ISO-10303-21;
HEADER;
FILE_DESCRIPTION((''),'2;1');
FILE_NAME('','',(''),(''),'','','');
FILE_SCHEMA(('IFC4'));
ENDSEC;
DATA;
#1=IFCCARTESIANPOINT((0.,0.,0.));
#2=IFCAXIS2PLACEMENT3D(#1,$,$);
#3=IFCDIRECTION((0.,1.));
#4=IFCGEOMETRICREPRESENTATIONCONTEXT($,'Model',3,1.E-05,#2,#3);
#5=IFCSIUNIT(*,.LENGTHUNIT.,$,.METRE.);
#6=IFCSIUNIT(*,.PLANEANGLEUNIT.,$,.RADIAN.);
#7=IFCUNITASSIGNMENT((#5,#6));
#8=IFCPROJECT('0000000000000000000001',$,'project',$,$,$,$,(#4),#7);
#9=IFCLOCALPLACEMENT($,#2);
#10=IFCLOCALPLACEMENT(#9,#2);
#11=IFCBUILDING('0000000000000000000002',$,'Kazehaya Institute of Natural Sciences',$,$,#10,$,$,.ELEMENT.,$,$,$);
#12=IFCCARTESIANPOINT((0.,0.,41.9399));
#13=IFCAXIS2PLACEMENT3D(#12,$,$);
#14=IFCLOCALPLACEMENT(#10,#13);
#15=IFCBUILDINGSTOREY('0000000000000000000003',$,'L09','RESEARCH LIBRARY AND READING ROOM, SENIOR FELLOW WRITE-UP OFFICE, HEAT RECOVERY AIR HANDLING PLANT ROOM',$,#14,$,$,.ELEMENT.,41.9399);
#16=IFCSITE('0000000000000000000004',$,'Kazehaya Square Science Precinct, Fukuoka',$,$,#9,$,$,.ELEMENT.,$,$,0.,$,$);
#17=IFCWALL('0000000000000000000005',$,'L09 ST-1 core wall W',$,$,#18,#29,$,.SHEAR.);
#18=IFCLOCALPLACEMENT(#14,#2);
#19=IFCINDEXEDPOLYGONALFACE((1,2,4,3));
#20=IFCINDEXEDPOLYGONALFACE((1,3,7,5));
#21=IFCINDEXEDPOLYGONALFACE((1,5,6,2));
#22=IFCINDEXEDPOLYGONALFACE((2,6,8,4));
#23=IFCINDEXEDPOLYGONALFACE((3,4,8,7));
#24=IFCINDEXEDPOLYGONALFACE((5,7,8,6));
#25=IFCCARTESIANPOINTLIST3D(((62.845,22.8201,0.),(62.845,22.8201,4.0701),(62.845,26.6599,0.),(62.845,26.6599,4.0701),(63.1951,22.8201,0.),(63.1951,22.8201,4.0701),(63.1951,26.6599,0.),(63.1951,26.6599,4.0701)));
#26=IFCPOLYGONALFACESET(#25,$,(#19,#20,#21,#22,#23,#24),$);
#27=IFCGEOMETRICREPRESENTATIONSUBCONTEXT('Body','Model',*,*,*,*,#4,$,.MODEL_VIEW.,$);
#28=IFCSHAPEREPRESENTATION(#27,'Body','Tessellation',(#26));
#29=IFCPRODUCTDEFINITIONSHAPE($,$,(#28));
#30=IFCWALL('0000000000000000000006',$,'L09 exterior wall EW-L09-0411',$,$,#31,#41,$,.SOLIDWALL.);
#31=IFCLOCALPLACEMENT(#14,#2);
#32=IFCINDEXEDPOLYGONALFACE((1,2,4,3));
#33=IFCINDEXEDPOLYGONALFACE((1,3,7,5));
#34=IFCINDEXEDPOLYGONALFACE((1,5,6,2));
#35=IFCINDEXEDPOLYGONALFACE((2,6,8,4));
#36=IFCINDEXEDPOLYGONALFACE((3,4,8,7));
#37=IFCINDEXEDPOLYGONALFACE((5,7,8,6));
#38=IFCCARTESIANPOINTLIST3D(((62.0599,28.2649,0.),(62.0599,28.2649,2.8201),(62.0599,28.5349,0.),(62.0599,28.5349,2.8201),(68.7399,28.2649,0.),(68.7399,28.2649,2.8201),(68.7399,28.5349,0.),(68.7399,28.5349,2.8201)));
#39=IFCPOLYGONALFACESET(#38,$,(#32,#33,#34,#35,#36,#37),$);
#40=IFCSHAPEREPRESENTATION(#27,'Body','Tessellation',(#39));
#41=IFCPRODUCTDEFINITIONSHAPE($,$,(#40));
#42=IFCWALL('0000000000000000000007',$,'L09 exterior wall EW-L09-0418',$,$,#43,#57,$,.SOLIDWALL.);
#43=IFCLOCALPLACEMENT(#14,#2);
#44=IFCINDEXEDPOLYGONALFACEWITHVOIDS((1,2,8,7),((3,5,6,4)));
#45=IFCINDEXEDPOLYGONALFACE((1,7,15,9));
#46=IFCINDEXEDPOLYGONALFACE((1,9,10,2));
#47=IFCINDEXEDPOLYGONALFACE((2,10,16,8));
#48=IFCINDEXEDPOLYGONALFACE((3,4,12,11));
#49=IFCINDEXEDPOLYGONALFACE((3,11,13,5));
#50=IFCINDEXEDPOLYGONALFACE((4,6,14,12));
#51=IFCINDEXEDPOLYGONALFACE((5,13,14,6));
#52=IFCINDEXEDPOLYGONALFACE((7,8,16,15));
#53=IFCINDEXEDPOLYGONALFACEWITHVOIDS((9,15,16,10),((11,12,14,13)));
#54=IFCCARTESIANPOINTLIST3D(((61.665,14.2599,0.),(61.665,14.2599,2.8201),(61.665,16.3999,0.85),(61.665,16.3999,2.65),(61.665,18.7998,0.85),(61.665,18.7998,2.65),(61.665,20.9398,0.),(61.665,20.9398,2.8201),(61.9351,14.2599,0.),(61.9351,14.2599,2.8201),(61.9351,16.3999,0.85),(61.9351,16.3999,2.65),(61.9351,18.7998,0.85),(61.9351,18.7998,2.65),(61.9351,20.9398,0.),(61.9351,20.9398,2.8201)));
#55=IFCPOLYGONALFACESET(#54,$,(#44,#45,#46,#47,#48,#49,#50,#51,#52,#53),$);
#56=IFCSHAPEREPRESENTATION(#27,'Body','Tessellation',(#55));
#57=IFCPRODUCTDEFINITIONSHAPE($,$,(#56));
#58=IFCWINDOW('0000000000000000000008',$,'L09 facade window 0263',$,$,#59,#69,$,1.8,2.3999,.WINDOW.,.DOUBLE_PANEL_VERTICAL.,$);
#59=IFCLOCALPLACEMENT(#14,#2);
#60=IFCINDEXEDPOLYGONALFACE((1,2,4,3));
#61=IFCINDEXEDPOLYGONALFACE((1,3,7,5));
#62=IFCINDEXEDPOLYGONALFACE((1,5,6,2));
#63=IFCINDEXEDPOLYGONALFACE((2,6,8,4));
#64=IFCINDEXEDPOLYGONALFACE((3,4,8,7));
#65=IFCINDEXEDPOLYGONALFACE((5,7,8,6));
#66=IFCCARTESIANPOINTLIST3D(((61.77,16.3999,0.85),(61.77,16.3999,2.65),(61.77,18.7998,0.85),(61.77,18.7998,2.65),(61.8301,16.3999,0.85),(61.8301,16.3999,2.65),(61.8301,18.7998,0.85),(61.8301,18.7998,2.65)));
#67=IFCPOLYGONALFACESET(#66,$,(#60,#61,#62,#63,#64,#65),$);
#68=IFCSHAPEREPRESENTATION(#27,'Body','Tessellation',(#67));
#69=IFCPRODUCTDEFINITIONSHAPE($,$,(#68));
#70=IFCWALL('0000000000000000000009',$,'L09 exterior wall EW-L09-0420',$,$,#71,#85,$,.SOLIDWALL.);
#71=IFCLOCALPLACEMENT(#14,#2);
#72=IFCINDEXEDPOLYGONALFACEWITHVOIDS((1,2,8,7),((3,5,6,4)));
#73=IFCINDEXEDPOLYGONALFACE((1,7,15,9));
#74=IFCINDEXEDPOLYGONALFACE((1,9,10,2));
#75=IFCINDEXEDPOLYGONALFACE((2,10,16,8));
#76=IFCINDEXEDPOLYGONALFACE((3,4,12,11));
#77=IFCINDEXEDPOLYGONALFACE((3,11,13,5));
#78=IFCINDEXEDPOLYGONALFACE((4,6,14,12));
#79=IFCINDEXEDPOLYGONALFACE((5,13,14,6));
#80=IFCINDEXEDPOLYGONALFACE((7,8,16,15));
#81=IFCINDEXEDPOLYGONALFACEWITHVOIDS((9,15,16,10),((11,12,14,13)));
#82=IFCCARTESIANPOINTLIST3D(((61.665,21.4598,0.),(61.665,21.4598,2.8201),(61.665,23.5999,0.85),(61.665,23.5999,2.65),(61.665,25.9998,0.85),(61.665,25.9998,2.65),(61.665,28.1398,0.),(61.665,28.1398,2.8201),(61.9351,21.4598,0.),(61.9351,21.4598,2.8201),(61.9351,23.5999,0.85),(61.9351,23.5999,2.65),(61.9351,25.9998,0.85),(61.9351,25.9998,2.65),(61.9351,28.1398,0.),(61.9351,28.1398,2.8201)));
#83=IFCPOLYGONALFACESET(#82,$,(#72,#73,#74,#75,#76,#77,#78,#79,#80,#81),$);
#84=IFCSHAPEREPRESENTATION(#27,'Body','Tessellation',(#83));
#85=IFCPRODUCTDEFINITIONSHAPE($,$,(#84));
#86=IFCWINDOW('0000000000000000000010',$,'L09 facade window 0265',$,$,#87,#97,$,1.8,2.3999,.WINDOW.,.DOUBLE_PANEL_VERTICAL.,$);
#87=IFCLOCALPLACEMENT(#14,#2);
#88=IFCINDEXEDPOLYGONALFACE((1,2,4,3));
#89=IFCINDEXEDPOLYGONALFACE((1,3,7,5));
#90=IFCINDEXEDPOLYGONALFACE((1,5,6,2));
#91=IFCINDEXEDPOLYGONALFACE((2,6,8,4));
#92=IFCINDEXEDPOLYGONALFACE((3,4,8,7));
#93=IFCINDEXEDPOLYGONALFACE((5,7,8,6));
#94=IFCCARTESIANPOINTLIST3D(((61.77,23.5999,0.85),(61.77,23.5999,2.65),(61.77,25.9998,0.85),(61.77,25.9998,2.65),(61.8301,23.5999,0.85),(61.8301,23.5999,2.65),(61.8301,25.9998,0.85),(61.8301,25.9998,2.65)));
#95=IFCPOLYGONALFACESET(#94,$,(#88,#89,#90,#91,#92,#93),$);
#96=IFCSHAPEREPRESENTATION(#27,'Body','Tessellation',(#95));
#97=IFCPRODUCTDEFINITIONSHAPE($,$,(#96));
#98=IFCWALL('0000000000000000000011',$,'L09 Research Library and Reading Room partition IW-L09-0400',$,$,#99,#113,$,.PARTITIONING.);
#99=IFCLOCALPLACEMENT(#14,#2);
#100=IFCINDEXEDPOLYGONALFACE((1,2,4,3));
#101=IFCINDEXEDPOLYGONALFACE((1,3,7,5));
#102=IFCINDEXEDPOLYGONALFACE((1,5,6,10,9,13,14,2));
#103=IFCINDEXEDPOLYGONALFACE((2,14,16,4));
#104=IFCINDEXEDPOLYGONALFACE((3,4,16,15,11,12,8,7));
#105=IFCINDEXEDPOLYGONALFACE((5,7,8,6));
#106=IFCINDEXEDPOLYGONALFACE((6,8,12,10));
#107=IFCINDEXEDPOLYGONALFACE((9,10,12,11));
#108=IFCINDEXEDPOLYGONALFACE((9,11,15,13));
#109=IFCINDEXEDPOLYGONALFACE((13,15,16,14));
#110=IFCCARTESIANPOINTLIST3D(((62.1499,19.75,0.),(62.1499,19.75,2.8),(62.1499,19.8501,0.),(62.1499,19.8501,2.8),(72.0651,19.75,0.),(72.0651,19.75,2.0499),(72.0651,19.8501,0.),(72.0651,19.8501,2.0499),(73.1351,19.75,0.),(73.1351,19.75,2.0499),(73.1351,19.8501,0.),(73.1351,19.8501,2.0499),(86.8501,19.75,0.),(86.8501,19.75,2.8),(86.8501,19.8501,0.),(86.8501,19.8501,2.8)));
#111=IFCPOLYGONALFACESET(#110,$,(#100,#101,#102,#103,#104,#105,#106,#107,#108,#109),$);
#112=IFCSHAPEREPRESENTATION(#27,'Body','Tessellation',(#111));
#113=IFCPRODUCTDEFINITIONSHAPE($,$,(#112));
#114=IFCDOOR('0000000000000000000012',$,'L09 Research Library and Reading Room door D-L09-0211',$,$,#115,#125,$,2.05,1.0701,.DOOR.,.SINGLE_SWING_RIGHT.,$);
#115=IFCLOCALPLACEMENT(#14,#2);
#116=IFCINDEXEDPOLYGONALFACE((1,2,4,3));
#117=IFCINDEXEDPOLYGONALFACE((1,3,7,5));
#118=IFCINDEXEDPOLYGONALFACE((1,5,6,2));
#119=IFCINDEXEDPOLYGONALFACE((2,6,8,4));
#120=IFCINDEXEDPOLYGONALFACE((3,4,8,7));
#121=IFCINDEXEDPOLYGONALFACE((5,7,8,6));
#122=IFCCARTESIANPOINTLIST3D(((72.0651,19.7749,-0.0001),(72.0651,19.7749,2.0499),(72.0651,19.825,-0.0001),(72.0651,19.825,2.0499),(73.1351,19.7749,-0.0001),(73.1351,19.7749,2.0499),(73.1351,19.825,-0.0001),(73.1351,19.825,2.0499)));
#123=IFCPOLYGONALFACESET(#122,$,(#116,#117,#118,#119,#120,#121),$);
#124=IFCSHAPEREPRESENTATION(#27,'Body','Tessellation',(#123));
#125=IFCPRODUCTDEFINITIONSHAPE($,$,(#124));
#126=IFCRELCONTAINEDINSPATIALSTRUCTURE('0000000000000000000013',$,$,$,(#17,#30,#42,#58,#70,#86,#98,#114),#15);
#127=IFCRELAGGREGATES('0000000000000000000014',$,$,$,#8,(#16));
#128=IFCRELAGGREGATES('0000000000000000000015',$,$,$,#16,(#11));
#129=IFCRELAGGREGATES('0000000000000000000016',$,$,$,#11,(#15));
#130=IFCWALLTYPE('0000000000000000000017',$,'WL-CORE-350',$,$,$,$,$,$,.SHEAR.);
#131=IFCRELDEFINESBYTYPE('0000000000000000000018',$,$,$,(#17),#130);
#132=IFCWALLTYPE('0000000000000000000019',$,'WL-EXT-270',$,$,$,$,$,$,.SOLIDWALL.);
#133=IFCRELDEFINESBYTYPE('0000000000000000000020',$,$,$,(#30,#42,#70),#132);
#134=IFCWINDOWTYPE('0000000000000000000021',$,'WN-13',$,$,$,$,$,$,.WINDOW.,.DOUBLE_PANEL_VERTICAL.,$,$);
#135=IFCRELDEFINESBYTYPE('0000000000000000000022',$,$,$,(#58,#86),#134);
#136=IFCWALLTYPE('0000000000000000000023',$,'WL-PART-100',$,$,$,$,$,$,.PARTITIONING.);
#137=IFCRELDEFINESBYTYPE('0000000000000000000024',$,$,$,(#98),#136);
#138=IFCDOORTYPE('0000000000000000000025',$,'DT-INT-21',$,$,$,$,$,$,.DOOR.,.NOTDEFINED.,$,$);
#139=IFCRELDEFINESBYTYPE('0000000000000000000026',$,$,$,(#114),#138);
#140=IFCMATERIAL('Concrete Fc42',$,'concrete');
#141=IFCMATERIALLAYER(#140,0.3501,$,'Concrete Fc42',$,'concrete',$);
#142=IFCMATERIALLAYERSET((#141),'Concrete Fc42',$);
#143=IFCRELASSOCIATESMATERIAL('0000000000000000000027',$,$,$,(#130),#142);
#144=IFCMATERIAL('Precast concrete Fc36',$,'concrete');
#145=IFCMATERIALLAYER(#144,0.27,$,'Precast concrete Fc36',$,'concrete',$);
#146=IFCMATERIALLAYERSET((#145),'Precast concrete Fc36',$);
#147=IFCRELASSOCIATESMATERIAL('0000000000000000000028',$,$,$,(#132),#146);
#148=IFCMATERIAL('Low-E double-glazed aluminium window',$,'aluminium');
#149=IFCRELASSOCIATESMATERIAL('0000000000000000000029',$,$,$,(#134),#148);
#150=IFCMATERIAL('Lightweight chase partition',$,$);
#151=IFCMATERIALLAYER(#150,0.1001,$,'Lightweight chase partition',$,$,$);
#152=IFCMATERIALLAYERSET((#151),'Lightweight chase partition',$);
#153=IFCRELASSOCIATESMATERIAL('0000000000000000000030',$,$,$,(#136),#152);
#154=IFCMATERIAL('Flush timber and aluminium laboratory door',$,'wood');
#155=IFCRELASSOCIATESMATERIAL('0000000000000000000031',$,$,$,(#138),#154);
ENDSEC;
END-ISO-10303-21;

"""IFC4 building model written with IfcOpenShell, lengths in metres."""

from ifc_helpers import new_model, si_unit, direction, frame, frame_2d, origin, place, context, subcontext, project, spatial, rectangle, extrude, material, layer, layer_set, type_object, element, fill, save


model = new_model("IFC4")

# Units and contexts
model_context = context("Model", 3, precision=1e-05, world=origin(), true_north=direction((0.0, 1.0)))
body_context = subcontext(model_context, "Body", "Model", "MODEL_VIEW")
ifc_project = project(units=[si_unit("LENGTHUNIT", "METRE"), si_unit("PLANEANGLEUNIT", "RADIAN")], contexts=[model_context])

# Site, building, storey
site_placement = place(None, origin())
site = spatial("IfcSite", under=ifc_project, at=site_placement, Name="Kazehaya Square Science Precinct, Fukuoka", CompositionType="ELEMENT", RefElevation=0.0)
building_placement = place(site_placement, origin())
building = spatial("IfcBuilding", under=site, at=building_placement, Name="Kazehaya Institute of Natural Sciences", CompositionType="ELEMENT")
storey_placement = place(building_placement, frame((0.0, 0.0, 41.9399)))
storey = spatial("IfcBuildingStorey", under=building, at=storey_placement, Name="L09", Description="RESEARCH LIBRARY AND READING ROOM, SENIOR FELLOW WRITE-UP OFFICE, HEAT RECOVERY AIR HANDLING PLANT ROOM", CompositionType="ELEMENT", Elevation=41.9399)

# Walls
ifc_material_1 = material(Name="Concrete Fc42", Category="concrete")
ifc_layer_1 = layer(ifc_material_1, 0.3501, Name="Concrete Fc42", Category="concrete")
ifc_layer_set_1 = layer_set([ifc_layer_1], Name="Concrete Fc42")
wall_type_1 = type_object("IfcWallType", Name="WL-CORE-350", PredefinedType="SHEAR", material=ifc_layer_set_1)
wall_1_placement = place(storey_placement, frame((63.02, 22.8201, 0.0), z_axis=(0.0, 0.0, 1.0), x_axis=(0.0, 1.0, 0.0)))
element("IfcWall", 1, at=wall_1_placement, inside=storey, type_object=wall_type_1, Name="L09 ST-1 core wall W", PredefinedType="SHEAR", context=body_context, shape_type="SweptSolid", body=[
    extrude(rectangle(XDim=3.8398, YDim=0.3501, at=frame_2d((1.9199, 0.0))), origin(), (0.0, 0.0, 1.0), 4.0701),
])
ifc_material_2 = material(Name="Precast concrete Fc36", Category="concrete")
ifc_layer_2 = layer(ifc_material_2, 0.27, Name="Precast concrete Fc36", Category="concrete")
ifc_layer_set_2 = layer_set([ifc_layer_2], Name="Precast concrete Fc36")
wall_type_2 = type_object("IfcWallType", Name="WL-EXT-270", PredefinedType="SOLIDWALL", material=ifc_layer_set_2)
wall_2_placement = place(storey_placement, frame((62.0601, 28.3999, 0.0), z_axis=(0.0, 0.0, 1.0), x_axis=(1.0, 0.0, 0.0)))
element("IfcWall", 2, at=wall_2_placement, inside=storey, type_object=wall_type_2, Name="L09 exterior wall EW-L09-0411", PredefinedType="SOLIDWALL", context=body_context, shape_type="SweptSolid", body=[
    extrude(rectangle(XDim=6.6799, YDim=0.27, at=frame_2d((3.3398, 0.0))), origin(), (0.0, 0.0, 1.0), 2.8201),
])

# Walls, openings, windows
wall_3_placement = place(storey_placement, frame((61.8, 14.26, 0.0), z_axis=(0.0, 0.0, 1.0), x_axis=(0.0, 1.0, 0.0)))
wall_3 = element("IfcWall", 3, at=wall_3_placement, inside=storey, type_object=wall_type_2, Name="L09 exterior wall EW-L09-0418", PredefinedType="SOLIDWALL", context=body_context, shape_type="SweptSolid", body=[
    extrude(rectangle(XDim=6.6799, YDim=0.27, at=frame_2d((3.3398, 0.0))), origin(), (0.0, 0.0, 1.0), 2.8201),
])
opening_1_placement = place(wall_3_placement, frame((2.1399, 0.0, 0.8501)))
opening_1 = element("IfcOpeningElement", 4, at=opening_1_placement, cuts=wall_3, PredefinedType="OPENING", context=body_context, shape_type="SweptSolid", body=[
    extrude(rectangle(XDim=2.3999, YDim=1.8, at=frame_2d((1.2, 0.8999))), frame((0.0, 0.145, 0.0), z_axis=(0.0, -1.0, 0.0), x_axis=(1.0, 0.0, 0.0)), (0.0, 0.0, 1.0), 0.29),
])
ifc_material_3 = material(Name="Low-E double-glazed aluminium window", Category="aluminium")
window_type = type_object("IfcWindowType", Name="WN-13", PartitioningType="DOUBLE_PANEL_VERTICAL", PredefinedType="WINDOW", material=ifc_material_3)
window_1_placement = place(opening_1_placement, origin())
window_1 = element("IfcWindow", 5, at=window_1_placement, inside=storey, type_object=window_type, Name="L09 facade window 0263", OverallHeight=1.8, OverallWidth=2.3999, PartitioningType="DOUBLE_PANEL_VERTICAL", PredefinedType="WINDOW", context=body_context, shape_type="SweptSolid", body=[
    extrude(rectangle(XDim=2.3999, YDim=1.8, at=frame_2d((1.2, 0.8999))), frame((0.0, 0.03, 0.0), z_axis=(0.0, -1.0, 0.0), x_axis=(1.0, 0.0, 0.0)), (0.0, 0.0, 1.0), 0.0601),
])
fill(opening_1, window_1)
wall_4_placement = place(storey_placement, frame((61.8, 21.46, 0.0), z_axis=(0.0, 0.0, 1.0), x_axis=(0.0, 1.0, 0.0)))
wall_4 = element("IfcWall", 6, at=wall_4_placement, inside=storey, type_object=wall_type_2, Name="L09 exterior wall EW-L09-0420", PredefinedType="SOLIDWALL", context=body_context, shape_type="SweptSolid", body=[
    extrude(rectangle(XDim=6.6799, YDim=0.27, at=frame_2d((3.3398, 0.0))), origin(), (0.0, 0.0, 1.0), 2.8201),
])
opening_2_placement = place(wall_4_placement, frame((2.1399, 0.0, 0.8501)))
opening_2 = element("IfcOpeningElement", 7, at=opening_2_placement, cuts=wall_4, PredefinedType="OPENING", context=body_context, shape_type="SweptSolid", body=[
    extrude(rectangle(XDim=2.3999, YDim=1.8, at=frame_2d((1.2, 0.8999))), frame((0.0, 0.145, 0.0), z_axis=(0.0, -1.0, 0.0), x_axis=(1.0, 0.0, 0.0)), (0.0, 0.0, 1.0), 0.29),
])
window_2_placement = place(opening_2_placement, origin())
window_2 = element("IfcWindow", 8, at=window_2_placement, inside=storey, type_object=window_type, Name="L09 facade window 0265", OverallHeight=1.8, OverallWidth=2.3999, PartitioningType="DOUBLE_PANEL_VERTICAL", PredefinedType="WINDOW", context=body_context, shape_type="SweptSolid", body=[
    extrude(rectangle(XDim=2.3999, YDim=1.8, at=frame_2d((1.2, 0.8999))), frame((0.0, 0.03, 0.0), z_axis=(0.0, -1.0, 0.0), x_axis=(1.0, 0.0, 0.0)), (0.0, 0.0, 1.0), 0.0601),
])
fill(opening_2, window_2)

# Wall, opening, door
ifc_material_4 = material(Name="Lightweight chase partition")
ifc_layer_3 = layer(ifc_material_4, 0.1001, Name="Lightweight chase partition")
ifc_layer_set_3 = layer_set([ifc_layer_3], Name="Lightweight chase partition")
wall_type_3 = type_object("IfcWallType", Name="WL-PART-100", PredefinedType="PARTITIONING", material=ifc_layer_set_3)
wall_5_placement = place(storey_placement, frame((62.1499, 19.8, 0.0), z_axis=(0.0, 0.0, 1.0), x_axis=(1.0, 0.0, 0.0)))
wall_5 = element("IfcWall", 9, at=wall_5_placement, inside=storey, type_object=wall_type_3, Name="L09 Research Library and Reading Room partition IW-L09-0400", PredefinedType="PARTITIONING", context=body_context, shape_type="SweptSolid", body=[
    extrude(rectangle(XDim=24.7002, YDim=0.1001, at=frame_2d((12.3501, 0.0))), origin(), (0.0, 0.0, 1.0), 2.8),
])
opening_3_placement = place(wall_5_placement, frame((9.915, 0.0, 0.0)))
opening_3 = element("IfcOpeningElement", 10, at=opening_3_placement, cuts=wall_5, PredefinedType="OPENING", context=body_context, shape_type="SweptSolid", body=[
    extrude(rectangle(XDim=1.0701, YDim=2.05, at=frame_2d((0.5352, 1.0249))), frame((0.0, 0.0601, 0.0), z_axis=(0.0, -1.0, 0.0), x_axis=(1.0, 0.0, 0.0)), (0.0, 0.0, 1.0), 0.1201),
])
ifc_material_5 = material(Name="Flush timber and aluminium laboratory door", Category="wood")
door_type = type_object("IfcDoorType", Name="DT-INT-21", OperationType="NOTDEFINED", PredefinedType="DOOR", material=ifc_material_5)
door_placement = place(opening_3_placement, origin())
door = element("IfcDoor", 11, at=door_placement, inside=storey, type_object=door_type, Name="L09 Research Library and Reading Room door D-L09-0211", OperationType="SINGLE_SWING_RIGHT", OverallHeight=2.05, OverallWidth=1.0701, PredefinedType="DOOR", context=body_context, shape_type="SweptSolid", body=[
    extrude(rectangle(XDim=1.0701, YDim=2.05, at=frame_2d((0.5352, 1.0249))), frame((0.0, 0.0249, 0.0), z_axis=(0.0, -1.0, 0.0), x_axis=(1.0, 0.0, 0.0)), (0.0, 0.0, 1.0), 0.05),
])
fill(opening_3, door)

save(model, "model.ifc")
